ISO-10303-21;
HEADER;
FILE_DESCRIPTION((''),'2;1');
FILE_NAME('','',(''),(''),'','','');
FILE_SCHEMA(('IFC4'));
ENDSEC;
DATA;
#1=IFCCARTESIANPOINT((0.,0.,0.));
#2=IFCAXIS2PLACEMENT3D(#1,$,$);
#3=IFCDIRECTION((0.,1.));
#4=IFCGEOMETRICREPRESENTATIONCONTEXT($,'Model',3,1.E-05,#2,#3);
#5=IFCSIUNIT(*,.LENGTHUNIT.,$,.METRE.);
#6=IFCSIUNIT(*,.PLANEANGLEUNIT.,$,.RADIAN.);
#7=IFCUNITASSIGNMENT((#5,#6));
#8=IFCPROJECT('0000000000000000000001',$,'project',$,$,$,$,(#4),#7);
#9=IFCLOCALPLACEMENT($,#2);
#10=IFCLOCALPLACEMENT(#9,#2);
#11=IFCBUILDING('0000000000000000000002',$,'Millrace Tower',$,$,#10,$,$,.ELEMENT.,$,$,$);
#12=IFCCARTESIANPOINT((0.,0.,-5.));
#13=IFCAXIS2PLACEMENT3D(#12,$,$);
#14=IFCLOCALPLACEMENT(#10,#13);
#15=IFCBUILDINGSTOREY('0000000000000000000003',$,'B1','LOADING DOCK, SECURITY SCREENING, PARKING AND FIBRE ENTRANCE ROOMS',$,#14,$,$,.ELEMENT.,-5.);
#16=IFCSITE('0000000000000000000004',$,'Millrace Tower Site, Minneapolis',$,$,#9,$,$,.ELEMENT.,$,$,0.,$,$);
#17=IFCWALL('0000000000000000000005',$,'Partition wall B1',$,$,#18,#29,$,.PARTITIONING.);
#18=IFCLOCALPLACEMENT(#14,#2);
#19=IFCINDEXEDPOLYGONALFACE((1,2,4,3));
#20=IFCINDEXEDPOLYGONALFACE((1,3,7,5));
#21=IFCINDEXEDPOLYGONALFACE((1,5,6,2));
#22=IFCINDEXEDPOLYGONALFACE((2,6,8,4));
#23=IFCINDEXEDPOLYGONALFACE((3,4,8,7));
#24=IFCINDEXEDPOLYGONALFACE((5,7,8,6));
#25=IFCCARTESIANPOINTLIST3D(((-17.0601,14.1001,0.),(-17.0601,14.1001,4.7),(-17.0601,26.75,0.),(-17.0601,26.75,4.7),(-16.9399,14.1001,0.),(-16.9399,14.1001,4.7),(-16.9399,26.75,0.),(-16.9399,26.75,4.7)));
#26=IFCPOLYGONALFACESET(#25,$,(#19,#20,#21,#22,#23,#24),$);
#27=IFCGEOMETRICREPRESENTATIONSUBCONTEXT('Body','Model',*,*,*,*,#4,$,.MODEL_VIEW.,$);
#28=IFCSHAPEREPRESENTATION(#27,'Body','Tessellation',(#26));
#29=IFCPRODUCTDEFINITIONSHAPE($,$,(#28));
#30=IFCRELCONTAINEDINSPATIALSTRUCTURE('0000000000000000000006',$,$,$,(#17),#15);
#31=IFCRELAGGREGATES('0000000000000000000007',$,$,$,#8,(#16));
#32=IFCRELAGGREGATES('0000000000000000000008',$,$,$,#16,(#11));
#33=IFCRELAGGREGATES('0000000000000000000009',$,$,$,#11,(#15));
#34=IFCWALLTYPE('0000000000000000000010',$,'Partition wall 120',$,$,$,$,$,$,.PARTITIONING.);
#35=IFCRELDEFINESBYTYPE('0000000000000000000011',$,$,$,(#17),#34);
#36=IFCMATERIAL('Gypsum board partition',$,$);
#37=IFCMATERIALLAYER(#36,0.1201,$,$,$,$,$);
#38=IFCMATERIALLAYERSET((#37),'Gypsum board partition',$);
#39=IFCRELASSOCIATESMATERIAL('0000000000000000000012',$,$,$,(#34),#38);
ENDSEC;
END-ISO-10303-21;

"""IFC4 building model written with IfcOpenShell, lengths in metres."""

from ifc_helpers import new_model, si_unit, direction, frame, frame_2d, origin, place, context, subcontext, project, spatial, rectangle, extrude, material, layer, layer_set, type_object, element, save


model = new_model("IFC4")

# Units and contexts
model_context = context("Model", 3, precision=1e-05, world=origin(), true_north=direction((0.0, 1.0)))
body_context = subcontext(model_context, "Body", "Model", "MODEL_VIEW")
ifc_project = project(units=[si_unit("LENGTHUNIT", "METRE"), si_unit("PLANEANGLEUNIT", "RADIAN")], contexts=[model_context])

# Site, building, storey
site_placement = place(None, origin())
site = spatial("IfcSite", under=ifc_project, at=site_placement, Name="Millrace Tower Site, Minneapolis", CompositionType="ELEMENT", RefElevation=0.0)
building_placement = place(site_placement, origin())
building = spatial("IfcBuilding", under=site, at=building_placement, Name="Millrace Tower", CompositionType="ELEMENT")
storey_placement = place(building_placement, frame((0.0, 0.0, -5.0)))
storey = spatial("IfcBuildingStorey", under=building, at=storey_placement, Name="B1", Description="LOADING DOCK, SECURITY SCREENING, PARKING AND FIBRE ENTRANCE ROOMS", CompositionType="ELEMENT", Elevation=-5.0)

# Wall
ifc_material_1 = material(Name="Gypsum board partition")
ifc_layer_1 = layer(ifc_material_1, 0.1201)
ifc_layer_set_1 = layer_set([ifc_layer_1], Name="Gypsum board partition")
wall_type_1 = type_object("IfcWallType", Name="Partition wall 120", PredefinedType="PARTITIONING", material=ifc_layer_set_1)
wall_1_placement = place(storey_placement, frame((-17.0, 14.1001, 0.0), z_axis=(0.0, 0.0, 1.0), x_axis=(0.0, 1.0, 0.0)))
element("IfcWall", 1, at=wall_1_placement, inside=storey, type_object=wall_type_1, Name="Partition wall B1", PredefinedType="PARTITIONING", context=body_context, shape_type="SweptSolid", body=[
    extrude(rectangle(XDim=12.6499, YDim=0.1201, at=frame_2d((6.325, 0.0))), origin(), (0.0, 0.0, 1.0), 4.7),
])

save(model, "model.ifc")
